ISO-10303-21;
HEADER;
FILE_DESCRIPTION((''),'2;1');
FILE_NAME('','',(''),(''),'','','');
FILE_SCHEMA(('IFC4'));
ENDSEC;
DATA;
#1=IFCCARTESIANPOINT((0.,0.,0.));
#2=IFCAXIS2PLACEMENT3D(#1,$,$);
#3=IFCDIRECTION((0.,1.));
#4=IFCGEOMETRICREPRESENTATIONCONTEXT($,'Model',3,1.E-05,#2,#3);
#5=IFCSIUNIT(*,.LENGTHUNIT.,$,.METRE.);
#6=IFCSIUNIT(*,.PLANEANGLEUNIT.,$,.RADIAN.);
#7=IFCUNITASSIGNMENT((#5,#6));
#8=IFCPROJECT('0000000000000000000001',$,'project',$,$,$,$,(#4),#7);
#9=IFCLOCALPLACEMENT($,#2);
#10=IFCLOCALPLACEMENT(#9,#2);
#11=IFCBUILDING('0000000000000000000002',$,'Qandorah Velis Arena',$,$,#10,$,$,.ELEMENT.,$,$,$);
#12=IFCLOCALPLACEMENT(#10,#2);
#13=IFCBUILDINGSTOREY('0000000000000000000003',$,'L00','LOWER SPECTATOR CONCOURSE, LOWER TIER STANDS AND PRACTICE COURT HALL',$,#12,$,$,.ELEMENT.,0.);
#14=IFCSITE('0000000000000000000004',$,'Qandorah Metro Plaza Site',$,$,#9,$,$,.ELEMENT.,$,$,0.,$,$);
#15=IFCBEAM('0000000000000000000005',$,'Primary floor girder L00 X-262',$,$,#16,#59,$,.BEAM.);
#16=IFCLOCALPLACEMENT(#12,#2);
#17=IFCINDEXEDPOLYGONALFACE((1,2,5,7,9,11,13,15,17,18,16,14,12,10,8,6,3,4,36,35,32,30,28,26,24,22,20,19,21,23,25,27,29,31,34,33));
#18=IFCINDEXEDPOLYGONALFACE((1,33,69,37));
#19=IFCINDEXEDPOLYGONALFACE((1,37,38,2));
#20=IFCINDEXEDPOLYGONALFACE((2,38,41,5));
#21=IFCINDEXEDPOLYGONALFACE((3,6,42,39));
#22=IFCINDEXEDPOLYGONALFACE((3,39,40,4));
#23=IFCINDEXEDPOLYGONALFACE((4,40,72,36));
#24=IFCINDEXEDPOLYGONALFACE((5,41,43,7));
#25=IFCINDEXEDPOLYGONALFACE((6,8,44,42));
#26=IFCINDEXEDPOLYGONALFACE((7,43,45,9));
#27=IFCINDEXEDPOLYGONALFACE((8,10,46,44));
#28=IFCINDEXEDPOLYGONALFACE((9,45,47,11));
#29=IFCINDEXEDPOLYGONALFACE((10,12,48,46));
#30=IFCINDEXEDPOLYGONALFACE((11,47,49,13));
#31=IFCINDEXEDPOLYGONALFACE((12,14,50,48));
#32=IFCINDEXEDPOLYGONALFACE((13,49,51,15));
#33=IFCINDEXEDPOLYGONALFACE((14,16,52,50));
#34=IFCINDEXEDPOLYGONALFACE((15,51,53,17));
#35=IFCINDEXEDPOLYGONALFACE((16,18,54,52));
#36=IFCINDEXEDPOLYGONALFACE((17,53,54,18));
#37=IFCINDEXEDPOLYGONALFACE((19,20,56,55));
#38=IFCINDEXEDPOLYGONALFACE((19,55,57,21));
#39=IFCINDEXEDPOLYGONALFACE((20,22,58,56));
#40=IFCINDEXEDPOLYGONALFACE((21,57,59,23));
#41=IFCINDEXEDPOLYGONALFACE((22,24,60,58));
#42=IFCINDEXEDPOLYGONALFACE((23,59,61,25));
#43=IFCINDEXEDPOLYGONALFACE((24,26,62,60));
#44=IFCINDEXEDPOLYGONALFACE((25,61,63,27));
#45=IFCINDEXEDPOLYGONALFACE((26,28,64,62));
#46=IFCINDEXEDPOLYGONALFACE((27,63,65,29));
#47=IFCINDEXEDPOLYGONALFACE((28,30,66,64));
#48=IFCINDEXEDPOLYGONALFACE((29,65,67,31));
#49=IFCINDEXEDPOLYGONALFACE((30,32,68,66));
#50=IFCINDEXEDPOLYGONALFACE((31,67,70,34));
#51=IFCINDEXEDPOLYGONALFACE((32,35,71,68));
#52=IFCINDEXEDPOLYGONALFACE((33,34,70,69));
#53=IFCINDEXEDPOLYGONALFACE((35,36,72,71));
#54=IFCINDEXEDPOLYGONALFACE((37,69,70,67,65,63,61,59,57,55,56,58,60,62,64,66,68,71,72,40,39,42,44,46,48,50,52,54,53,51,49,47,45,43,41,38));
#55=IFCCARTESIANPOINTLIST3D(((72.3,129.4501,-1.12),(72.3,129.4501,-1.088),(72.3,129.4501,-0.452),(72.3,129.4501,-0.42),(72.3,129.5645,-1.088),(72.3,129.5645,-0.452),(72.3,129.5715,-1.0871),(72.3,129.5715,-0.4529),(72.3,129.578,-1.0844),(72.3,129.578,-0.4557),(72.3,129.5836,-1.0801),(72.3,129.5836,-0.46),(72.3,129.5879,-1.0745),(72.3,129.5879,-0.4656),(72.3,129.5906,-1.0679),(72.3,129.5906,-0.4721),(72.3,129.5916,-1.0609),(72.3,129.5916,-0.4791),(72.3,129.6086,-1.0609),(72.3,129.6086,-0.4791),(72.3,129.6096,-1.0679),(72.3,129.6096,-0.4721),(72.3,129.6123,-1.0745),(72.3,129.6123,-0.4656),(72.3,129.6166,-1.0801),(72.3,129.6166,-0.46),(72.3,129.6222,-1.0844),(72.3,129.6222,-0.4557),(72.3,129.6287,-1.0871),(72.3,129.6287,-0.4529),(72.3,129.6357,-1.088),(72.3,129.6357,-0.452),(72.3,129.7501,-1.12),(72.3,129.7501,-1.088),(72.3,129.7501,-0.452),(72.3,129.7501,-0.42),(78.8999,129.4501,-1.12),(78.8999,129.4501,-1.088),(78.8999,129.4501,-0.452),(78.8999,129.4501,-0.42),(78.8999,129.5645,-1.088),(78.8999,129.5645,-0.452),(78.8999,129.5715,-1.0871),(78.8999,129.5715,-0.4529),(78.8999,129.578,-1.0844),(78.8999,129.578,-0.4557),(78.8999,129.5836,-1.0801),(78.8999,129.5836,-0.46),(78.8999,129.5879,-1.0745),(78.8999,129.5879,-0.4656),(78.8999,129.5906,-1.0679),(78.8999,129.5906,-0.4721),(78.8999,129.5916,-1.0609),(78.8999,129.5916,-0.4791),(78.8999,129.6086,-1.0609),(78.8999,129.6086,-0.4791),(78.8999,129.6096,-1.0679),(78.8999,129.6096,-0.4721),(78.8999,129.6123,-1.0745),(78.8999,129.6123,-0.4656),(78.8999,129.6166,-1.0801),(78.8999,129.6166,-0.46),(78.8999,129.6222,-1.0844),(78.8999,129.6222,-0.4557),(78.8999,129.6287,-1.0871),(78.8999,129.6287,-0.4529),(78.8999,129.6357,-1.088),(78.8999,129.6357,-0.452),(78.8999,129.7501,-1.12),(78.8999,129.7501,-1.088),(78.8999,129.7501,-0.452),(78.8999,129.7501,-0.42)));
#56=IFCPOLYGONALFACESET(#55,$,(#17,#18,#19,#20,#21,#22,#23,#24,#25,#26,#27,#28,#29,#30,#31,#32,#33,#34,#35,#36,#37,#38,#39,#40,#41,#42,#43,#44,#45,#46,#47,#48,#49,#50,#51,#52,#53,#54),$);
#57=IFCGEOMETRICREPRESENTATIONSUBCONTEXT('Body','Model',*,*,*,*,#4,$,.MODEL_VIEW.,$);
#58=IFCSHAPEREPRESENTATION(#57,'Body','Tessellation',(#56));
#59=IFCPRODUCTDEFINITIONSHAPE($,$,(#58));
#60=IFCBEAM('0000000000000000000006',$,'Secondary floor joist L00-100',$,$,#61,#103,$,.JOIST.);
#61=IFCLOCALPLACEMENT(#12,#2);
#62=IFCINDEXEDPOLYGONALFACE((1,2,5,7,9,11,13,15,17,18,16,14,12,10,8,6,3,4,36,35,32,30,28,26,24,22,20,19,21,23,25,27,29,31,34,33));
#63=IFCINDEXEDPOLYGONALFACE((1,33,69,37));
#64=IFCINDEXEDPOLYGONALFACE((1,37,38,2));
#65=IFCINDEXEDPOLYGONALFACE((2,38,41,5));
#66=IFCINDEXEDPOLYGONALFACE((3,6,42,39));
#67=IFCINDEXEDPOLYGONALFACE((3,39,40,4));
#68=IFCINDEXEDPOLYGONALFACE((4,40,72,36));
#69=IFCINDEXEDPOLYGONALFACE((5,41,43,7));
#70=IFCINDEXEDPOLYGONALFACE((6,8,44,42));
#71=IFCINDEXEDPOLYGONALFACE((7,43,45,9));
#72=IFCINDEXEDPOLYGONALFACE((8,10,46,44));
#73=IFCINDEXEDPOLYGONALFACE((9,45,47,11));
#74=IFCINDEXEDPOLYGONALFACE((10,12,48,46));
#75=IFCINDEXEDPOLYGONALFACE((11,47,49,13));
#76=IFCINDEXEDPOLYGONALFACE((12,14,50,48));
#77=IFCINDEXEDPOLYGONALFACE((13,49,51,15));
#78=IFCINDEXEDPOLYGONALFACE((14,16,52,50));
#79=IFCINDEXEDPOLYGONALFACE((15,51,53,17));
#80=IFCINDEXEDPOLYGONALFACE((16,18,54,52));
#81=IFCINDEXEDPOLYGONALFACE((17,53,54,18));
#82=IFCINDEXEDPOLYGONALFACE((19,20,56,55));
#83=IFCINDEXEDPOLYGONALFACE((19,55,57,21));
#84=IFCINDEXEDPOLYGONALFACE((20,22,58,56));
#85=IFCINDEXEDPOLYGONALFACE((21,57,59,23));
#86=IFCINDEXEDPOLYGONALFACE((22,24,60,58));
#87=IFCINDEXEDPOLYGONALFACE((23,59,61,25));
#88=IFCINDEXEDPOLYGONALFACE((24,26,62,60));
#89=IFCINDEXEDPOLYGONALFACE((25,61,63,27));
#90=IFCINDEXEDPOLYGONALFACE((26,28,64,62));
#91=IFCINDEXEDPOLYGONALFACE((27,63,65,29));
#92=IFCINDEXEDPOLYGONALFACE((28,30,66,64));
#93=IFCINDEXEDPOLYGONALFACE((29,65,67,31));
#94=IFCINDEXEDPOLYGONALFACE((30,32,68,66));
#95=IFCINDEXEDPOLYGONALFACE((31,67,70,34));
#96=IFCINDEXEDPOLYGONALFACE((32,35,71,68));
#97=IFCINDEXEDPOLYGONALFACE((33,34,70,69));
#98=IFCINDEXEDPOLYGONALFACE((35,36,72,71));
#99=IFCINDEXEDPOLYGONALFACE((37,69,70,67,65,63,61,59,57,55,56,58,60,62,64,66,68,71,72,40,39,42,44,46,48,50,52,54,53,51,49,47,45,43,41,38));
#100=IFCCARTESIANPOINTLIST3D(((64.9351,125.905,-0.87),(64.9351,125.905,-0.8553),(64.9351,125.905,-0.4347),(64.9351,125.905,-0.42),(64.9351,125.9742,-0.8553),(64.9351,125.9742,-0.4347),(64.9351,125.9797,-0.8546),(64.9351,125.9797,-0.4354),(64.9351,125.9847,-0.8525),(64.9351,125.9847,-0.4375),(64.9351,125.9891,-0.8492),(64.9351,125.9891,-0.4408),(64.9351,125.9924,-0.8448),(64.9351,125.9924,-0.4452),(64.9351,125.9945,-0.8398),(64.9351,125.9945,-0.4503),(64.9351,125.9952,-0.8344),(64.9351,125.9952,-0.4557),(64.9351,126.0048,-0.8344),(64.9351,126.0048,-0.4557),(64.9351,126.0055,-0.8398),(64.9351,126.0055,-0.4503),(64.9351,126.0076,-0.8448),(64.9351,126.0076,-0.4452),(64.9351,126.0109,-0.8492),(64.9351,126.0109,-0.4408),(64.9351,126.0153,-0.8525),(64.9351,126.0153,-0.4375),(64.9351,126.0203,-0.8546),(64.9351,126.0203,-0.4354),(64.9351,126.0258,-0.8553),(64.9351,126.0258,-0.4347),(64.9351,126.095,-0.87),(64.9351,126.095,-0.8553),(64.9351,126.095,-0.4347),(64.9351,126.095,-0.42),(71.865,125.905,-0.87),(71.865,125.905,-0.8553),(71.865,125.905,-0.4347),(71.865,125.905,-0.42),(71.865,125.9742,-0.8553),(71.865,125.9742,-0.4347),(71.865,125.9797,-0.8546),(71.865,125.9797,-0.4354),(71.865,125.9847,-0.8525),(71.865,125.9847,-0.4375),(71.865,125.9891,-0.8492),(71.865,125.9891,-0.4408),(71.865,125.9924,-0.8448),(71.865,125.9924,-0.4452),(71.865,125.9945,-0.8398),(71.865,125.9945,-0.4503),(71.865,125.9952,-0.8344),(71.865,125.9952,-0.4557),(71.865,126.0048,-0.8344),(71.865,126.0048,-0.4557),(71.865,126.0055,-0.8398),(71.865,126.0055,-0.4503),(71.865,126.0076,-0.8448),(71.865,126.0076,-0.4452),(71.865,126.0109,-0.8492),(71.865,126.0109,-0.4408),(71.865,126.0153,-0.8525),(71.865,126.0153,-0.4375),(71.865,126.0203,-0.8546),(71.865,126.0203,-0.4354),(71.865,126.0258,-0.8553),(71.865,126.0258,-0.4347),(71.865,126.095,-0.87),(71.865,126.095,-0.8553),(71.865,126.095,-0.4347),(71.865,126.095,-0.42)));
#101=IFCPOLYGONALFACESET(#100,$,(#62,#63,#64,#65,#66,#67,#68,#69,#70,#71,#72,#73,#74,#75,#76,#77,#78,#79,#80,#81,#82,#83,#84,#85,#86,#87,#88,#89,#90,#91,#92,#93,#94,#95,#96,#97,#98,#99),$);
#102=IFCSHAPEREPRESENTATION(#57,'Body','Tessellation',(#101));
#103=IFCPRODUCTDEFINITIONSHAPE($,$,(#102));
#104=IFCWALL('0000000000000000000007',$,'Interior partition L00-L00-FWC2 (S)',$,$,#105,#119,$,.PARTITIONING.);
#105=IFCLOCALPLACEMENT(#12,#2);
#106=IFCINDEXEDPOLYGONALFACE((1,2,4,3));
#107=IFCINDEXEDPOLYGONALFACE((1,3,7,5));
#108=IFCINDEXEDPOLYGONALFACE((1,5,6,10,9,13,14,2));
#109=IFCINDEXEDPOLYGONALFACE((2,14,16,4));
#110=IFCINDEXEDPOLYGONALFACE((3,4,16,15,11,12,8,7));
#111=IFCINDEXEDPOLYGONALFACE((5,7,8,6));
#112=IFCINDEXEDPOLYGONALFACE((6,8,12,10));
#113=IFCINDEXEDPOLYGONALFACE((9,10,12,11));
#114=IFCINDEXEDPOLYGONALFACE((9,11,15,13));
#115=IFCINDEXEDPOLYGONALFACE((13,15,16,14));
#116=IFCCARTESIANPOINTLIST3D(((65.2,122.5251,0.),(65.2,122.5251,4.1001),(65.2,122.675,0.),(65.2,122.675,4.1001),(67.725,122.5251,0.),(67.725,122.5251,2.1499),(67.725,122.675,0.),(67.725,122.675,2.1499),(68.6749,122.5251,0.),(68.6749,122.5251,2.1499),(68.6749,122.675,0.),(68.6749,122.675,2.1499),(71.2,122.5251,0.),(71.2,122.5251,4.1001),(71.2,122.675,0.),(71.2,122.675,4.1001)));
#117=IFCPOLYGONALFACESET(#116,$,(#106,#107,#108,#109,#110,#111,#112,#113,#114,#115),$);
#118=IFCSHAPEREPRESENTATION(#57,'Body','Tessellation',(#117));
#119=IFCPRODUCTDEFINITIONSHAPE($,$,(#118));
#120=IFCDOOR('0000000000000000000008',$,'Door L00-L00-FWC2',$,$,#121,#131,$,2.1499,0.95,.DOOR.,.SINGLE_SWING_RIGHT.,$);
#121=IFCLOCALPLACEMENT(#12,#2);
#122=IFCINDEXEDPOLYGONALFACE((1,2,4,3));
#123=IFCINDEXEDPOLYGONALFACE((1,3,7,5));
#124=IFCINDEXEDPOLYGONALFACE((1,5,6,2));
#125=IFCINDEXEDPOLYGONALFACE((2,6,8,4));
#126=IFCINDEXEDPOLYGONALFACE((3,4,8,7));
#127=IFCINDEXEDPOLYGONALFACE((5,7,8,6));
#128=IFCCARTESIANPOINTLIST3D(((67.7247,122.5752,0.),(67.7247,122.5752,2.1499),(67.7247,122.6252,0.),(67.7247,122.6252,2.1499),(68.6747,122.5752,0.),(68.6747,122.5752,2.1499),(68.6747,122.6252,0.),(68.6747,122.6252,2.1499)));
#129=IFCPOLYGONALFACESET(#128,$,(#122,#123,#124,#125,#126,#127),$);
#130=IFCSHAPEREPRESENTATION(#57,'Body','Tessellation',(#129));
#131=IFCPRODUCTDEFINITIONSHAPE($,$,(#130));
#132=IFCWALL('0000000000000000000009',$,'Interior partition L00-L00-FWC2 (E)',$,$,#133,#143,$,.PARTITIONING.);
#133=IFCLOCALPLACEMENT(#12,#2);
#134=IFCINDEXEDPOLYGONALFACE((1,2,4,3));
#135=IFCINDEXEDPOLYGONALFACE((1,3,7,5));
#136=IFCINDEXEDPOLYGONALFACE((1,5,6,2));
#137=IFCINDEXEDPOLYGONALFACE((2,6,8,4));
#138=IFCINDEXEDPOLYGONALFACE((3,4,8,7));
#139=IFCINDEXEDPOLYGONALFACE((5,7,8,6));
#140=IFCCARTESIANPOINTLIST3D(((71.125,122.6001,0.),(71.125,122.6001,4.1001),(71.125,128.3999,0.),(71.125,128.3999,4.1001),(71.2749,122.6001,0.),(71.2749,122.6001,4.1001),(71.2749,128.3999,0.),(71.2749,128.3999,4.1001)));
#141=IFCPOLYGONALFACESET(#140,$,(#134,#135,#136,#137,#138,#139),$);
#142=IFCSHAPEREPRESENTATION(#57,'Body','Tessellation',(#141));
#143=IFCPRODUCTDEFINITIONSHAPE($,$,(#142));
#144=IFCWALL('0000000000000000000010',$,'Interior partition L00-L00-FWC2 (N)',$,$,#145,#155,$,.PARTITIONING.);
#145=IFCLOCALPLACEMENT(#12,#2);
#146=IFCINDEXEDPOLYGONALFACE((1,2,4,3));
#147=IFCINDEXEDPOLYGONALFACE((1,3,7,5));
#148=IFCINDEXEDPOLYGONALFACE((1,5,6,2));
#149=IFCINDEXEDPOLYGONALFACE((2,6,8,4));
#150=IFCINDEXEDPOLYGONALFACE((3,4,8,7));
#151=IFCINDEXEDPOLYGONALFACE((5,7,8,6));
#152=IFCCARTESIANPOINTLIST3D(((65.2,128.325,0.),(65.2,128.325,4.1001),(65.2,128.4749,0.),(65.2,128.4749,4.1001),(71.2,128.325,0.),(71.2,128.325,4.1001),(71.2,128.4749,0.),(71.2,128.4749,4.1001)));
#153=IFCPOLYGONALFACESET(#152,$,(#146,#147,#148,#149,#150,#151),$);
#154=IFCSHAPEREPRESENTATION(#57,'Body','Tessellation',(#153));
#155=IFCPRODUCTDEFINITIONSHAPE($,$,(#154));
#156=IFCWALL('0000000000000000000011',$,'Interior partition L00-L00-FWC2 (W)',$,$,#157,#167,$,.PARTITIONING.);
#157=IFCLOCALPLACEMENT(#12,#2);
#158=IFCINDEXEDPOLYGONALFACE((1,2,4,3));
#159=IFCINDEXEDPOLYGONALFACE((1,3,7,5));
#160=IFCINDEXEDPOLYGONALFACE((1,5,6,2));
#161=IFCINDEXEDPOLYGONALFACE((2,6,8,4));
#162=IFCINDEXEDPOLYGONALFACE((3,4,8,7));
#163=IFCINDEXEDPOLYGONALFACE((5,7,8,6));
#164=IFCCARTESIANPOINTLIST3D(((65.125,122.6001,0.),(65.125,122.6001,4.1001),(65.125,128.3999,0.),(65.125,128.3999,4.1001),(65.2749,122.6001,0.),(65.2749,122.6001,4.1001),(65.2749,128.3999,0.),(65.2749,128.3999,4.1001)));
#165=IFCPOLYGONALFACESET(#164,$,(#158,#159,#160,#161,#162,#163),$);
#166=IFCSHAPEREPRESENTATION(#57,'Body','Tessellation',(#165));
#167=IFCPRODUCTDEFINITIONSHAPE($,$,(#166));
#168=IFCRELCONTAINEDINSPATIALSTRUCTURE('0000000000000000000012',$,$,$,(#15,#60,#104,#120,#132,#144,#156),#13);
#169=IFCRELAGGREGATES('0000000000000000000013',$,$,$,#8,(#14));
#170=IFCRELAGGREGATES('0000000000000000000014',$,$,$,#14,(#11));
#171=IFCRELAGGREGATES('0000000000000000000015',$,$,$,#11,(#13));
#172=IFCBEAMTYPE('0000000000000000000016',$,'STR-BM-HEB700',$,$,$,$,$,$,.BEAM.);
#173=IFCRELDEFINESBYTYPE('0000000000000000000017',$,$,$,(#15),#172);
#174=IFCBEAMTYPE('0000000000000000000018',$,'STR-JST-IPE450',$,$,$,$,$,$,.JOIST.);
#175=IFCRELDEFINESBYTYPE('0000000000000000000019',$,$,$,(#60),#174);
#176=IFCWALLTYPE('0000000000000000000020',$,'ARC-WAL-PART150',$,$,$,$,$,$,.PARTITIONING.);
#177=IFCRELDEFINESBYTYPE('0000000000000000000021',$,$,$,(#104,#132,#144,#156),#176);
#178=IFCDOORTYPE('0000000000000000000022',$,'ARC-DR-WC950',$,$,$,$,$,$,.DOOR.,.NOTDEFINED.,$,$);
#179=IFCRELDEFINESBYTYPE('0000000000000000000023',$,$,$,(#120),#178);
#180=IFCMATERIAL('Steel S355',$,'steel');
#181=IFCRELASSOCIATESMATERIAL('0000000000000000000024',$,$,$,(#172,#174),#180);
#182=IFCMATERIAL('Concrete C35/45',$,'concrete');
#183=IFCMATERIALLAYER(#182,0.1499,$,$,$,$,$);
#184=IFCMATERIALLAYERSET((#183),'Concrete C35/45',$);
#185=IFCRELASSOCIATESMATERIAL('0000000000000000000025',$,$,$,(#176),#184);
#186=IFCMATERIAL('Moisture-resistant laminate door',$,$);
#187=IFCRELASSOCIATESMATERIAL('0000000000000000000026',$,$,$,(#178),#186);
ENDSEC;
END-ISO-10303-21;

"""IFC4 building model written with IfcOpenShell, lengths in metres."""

from ifc_helpers import new_model, si_unit, direction, frame, frame_2d, origin, origin_2d, place, context, subcontext, project, spatial, rectangle, i_section, extrude, material, layer, layer_set, material_profile, profile_set, type_object, element, fill, save


model = new_model("IFC4")

# Units and contexts
model_context = context("Model", 3, precision=1e-05, world=origin(), true_north=direction((0.0, 1.0)))
body_context = subcontext(model_context, "Body", "Model", "MODEL_VIEW")
ifc_project = project(units=[si_unit("LENGTHUNIT", "METRE"), si_unit("PLANEANGLEUNIT", "RADIAN")], contexts=[model_context])

# Site, building, storey
site_placement = place(None, origin())
site = spatial("IfcSite", under=ifc_project, at=site_placement, Name="Qandorah Metro Plaza Site", CompositionType="ELEMENT", RefElevation=0.0)
building_placement = place(site_placement, origin())
building = spatial("IfcBuilding", under=site, at=building_placement, Name="Qandorah Velis Arena", CompositionType="ELEMENT")
storey_placement = place(building_placement, origin())
storey = spatial("IfcBuildingStorey", under=building, at=storey_placement, Name="L00", Description="LOWER SPECTATOR CONCOURSE, LOWER TIER STANDS AND PRACTICE COURT HALL", CompositionType="ELEMENT", Elevation=0.0)

# Beams
ifc_material_1 = material(Name="Steel S355", Category="steel")
ifc_material_profile_1 = material_profile(ifc_material_1, i_section(OverallWidth=0.3, OverallDepth=0.7, WebThickness=0.0171, FlangeThickness=0.032, FilletRadius=0.0271, at=origin_2d()), Name="HEB 700")
ifc_profile_set_1 = profile_set([ifc_material_profile_1], Name="Steel S355")
beam_type_1 = type_object("IfcBeamType", Name="STR-BM-HEB700", PredefinedType="BEAM", material=ifc_profile_set_1)
for number, where, z_axis, x_axis, name in (
    (1, (72.3, 129.6001, -0.77), (1.0, 0.0, 0.0), (0.0, 1.0, 0.0), "Primary floor girder L00 X-262"),
):
    element("IfcBeam", number, at=place(storey_placement, frame(where, z_axis=z_axis, x_axis=x_axis)), inside=storey, type_object=beam_type_1, Name=name, PredefinedType="BEAM", context=body_context, shape_type="SweptSolid", body=[
        extrude(i_section(OverallWidth=0.3, OverallDepth=0.7, WebThickness=0.0171, FlangeThickness=0.032, FilletRadius=0.0271, at=origin_2d()), origin(), (0.0, 0.0, 1.0), 6.5999),
    ])
ifc_material_profile_2 = material_profile(ifc_material_1, i_section(OverallWidth=0.1899, OverallDepth=0.45, WebThickness=0.0095, FlangeThickness=0.0146, FilletRadius=0.021, at=origin_2d()), Name="IPE 450")
ifc_profile_set_2 = profile_set([ifc_material_profile_2], Name="Steel S355")
beam_type_2 = type_object("IfcBeamType", Name="STR-JST-IPE450", PredefinedType="JOIST", material=ifc_profile_set_2)
beam_1_placement = place(storey_placement, frame((64.9351, 126.0, -0.645), z_axis=(1.0, 0.0, 0.0), x_axis=(0.0, 1.0, 0.0)))
element("IfcBeam", 2, at=beam_1_placement, inside=storey, type_object=beam_type_2, Name="Secondary floor joist L00-100", PredefinedType="JOIST", context=body_context, shape_type="SweptSolid", body=[
    extrude(i_section(OverallWidth=0.1899, OverallDepth=0.45, WebThickness=0.0095, FlangeThickness=0.0146, FilletRadius=0.021, at=origin_2d()), origin(), (0.0, 0.0, 1.0), 6.9299),
])

# Wall, opening, door
ifc_material_2 = material(Name="Concrete C35/45", Category="concrete")
ifc_layer_1 = layer(ifc_material_2, 0.1499)
ifc_layer_set_1 = layer_set([ifc_layer_1], Name="Concrete C35/45")
wall_type_1 = type_object("IfcWallType", Name="ARC-WAL-PART150", PredefinedType="PARTITIONING", material=ifc_layer_set_1)
wall_1_placement = place(storey_placement, frame((65.2, 122.6001, 0.0), z_axis=(0.0, 0.0, 1.0), x_axis=(1.0, 0.0, 0.0)))
wall_1 = element("IfcWall", 3, at=wall_1_placement, inside=storey, type_object=wall_type_1, Name="Interior partition L00-L00-FWC2 (S)", PredefinedType="PARTITIONING", context=body_context, shape_type="SweptSolid", body=[
    extrude(rectangle(XDim=6.0, YDim=0.1499, at=frame_2d((3.0, 0.0))), origin(), (0.0, 0.0, 1.0), 4.1001),
])
opening_1_placement = place(wall_1_placement, frame((2.5249, 0.0, 0.0)))
opening_1 = element("IfcOpeningElement", 4, at=opening_1_placement, cuts=wall_1, PredefinedType="OPENING", context=body_context, shape_type="SweptSolid", body=[
    extrude(rectangle(XDim=0.95, YDim=2.1499, at=frame_2d((0.4751, 1.075))), frame((0.0, 0.085, 0.0), z_axis=(0.0, -1.0, 0.0), x_axis=(1.0, 0.0, 0.0)), (0.0, 0.0, 1.0), 0.1699),
])
ifc_material_3 = material(Name="Moisture-resistant laminate door")
door_type_1 = type_object("IfcDoorType", Name="ARC-DR-WC950", OperationType="NOTDEFINED", PredefinedType="DOOR", material=ifc_material_3)
door_1_placement = place(opening_1_placement, frame((0.95, 0.0, 0.0), z_axis=(0.0, 0.0, 1.0), x_axis=(-1.0, 0.0, 0.0)))
door_1 = element("IfcDoor", 5, at=door_1_placement, inside=storey, type_object=door_type_1, Name="Door L00-L00-FWC2", OperationType="SINGLE_SWING_RIGHT", OverallHeight=2.1499, OverallWidth=0.95, PredefinedType="DOOR", context=body_context, shape_type="SweptSolid", body=[
    extrude(rectangle(XDim=0.95, YDim=2.1499, at=frame_2d((0.4751, 1.075))), frame((0.0, 0.0249, 0.0), z_axis=(0.0, -1.0, 0.0), x_axis=(1.0, 0.0, 0.0)), (0.0, 0.0, 1.0), 0.05),
])
fill(opening_1, door_1)

# Walls
wall_2_placement = place(storey_placement, frame((71.2, 122.6001, 0.0), z_axis=(0.0, 0.0, 1.0), x_axis=(0.0, 1.0, 0.0)))
element("IfcWall", 6, at=wall_2_placement, inside=storey, type_object=wall_type_1, Name="Interior partition L00-L00-FWC2 (E)", PredefinedType="PARTITIONING", context=body_context, shape_type="SweptSolid", body=[
    extrude(rectangle(XDim=5.7998, YDim=0.1499, at=frame_2d((2.8999, 0.0))), origin(), (0.0, 0.0, 1.0), 4.1001),
])
wall_3_placement = place(storey_placement, frame((71.2, 128.3999, 0.0), z_axis=(0.0, 0.0, 1.0), x_axis=(-1.0, 0.0, 0.0)))
element("IfcWall", 7, at=wall_3_placement, inside=storey, type_object=wall_type_1, Name="Interior partition L00-L00-FWC2 (N)", PredefinedType="PARTITIONING", context=body_context, shape_type="SweptSolid", body=[
    extrude(rectangle(XDim=6.0, YDim=0.1499, at=frame_2d((3.0, 0.0))), origin(), (0.0, 0.0, 1.0), 4.1001),
])
wall_4_placement = place(storey_placement, frame((65.2, 128.3999, 0.0), z_axis=(0.0, 0.0, 1.0), x_axis=(0.0, -1.0, 0.0)))
element("IfcWall", 8, at=wall_4_placement, inside=storey, type_object=wall_type_1, Name="Interior partition L00-L00-FWC2 (W)", PredefinedType="PARTITIONING", context=body_context, shape_type="SweptSolid", body=[
    extrude(rectangle(XDim=5.7998, YDim=0.1499, at=frame_2d((2.8999, 0.0))), origin(), (0.0, 0.0, 1.0), 4.1001),
])

save(model, "model.ifc")
